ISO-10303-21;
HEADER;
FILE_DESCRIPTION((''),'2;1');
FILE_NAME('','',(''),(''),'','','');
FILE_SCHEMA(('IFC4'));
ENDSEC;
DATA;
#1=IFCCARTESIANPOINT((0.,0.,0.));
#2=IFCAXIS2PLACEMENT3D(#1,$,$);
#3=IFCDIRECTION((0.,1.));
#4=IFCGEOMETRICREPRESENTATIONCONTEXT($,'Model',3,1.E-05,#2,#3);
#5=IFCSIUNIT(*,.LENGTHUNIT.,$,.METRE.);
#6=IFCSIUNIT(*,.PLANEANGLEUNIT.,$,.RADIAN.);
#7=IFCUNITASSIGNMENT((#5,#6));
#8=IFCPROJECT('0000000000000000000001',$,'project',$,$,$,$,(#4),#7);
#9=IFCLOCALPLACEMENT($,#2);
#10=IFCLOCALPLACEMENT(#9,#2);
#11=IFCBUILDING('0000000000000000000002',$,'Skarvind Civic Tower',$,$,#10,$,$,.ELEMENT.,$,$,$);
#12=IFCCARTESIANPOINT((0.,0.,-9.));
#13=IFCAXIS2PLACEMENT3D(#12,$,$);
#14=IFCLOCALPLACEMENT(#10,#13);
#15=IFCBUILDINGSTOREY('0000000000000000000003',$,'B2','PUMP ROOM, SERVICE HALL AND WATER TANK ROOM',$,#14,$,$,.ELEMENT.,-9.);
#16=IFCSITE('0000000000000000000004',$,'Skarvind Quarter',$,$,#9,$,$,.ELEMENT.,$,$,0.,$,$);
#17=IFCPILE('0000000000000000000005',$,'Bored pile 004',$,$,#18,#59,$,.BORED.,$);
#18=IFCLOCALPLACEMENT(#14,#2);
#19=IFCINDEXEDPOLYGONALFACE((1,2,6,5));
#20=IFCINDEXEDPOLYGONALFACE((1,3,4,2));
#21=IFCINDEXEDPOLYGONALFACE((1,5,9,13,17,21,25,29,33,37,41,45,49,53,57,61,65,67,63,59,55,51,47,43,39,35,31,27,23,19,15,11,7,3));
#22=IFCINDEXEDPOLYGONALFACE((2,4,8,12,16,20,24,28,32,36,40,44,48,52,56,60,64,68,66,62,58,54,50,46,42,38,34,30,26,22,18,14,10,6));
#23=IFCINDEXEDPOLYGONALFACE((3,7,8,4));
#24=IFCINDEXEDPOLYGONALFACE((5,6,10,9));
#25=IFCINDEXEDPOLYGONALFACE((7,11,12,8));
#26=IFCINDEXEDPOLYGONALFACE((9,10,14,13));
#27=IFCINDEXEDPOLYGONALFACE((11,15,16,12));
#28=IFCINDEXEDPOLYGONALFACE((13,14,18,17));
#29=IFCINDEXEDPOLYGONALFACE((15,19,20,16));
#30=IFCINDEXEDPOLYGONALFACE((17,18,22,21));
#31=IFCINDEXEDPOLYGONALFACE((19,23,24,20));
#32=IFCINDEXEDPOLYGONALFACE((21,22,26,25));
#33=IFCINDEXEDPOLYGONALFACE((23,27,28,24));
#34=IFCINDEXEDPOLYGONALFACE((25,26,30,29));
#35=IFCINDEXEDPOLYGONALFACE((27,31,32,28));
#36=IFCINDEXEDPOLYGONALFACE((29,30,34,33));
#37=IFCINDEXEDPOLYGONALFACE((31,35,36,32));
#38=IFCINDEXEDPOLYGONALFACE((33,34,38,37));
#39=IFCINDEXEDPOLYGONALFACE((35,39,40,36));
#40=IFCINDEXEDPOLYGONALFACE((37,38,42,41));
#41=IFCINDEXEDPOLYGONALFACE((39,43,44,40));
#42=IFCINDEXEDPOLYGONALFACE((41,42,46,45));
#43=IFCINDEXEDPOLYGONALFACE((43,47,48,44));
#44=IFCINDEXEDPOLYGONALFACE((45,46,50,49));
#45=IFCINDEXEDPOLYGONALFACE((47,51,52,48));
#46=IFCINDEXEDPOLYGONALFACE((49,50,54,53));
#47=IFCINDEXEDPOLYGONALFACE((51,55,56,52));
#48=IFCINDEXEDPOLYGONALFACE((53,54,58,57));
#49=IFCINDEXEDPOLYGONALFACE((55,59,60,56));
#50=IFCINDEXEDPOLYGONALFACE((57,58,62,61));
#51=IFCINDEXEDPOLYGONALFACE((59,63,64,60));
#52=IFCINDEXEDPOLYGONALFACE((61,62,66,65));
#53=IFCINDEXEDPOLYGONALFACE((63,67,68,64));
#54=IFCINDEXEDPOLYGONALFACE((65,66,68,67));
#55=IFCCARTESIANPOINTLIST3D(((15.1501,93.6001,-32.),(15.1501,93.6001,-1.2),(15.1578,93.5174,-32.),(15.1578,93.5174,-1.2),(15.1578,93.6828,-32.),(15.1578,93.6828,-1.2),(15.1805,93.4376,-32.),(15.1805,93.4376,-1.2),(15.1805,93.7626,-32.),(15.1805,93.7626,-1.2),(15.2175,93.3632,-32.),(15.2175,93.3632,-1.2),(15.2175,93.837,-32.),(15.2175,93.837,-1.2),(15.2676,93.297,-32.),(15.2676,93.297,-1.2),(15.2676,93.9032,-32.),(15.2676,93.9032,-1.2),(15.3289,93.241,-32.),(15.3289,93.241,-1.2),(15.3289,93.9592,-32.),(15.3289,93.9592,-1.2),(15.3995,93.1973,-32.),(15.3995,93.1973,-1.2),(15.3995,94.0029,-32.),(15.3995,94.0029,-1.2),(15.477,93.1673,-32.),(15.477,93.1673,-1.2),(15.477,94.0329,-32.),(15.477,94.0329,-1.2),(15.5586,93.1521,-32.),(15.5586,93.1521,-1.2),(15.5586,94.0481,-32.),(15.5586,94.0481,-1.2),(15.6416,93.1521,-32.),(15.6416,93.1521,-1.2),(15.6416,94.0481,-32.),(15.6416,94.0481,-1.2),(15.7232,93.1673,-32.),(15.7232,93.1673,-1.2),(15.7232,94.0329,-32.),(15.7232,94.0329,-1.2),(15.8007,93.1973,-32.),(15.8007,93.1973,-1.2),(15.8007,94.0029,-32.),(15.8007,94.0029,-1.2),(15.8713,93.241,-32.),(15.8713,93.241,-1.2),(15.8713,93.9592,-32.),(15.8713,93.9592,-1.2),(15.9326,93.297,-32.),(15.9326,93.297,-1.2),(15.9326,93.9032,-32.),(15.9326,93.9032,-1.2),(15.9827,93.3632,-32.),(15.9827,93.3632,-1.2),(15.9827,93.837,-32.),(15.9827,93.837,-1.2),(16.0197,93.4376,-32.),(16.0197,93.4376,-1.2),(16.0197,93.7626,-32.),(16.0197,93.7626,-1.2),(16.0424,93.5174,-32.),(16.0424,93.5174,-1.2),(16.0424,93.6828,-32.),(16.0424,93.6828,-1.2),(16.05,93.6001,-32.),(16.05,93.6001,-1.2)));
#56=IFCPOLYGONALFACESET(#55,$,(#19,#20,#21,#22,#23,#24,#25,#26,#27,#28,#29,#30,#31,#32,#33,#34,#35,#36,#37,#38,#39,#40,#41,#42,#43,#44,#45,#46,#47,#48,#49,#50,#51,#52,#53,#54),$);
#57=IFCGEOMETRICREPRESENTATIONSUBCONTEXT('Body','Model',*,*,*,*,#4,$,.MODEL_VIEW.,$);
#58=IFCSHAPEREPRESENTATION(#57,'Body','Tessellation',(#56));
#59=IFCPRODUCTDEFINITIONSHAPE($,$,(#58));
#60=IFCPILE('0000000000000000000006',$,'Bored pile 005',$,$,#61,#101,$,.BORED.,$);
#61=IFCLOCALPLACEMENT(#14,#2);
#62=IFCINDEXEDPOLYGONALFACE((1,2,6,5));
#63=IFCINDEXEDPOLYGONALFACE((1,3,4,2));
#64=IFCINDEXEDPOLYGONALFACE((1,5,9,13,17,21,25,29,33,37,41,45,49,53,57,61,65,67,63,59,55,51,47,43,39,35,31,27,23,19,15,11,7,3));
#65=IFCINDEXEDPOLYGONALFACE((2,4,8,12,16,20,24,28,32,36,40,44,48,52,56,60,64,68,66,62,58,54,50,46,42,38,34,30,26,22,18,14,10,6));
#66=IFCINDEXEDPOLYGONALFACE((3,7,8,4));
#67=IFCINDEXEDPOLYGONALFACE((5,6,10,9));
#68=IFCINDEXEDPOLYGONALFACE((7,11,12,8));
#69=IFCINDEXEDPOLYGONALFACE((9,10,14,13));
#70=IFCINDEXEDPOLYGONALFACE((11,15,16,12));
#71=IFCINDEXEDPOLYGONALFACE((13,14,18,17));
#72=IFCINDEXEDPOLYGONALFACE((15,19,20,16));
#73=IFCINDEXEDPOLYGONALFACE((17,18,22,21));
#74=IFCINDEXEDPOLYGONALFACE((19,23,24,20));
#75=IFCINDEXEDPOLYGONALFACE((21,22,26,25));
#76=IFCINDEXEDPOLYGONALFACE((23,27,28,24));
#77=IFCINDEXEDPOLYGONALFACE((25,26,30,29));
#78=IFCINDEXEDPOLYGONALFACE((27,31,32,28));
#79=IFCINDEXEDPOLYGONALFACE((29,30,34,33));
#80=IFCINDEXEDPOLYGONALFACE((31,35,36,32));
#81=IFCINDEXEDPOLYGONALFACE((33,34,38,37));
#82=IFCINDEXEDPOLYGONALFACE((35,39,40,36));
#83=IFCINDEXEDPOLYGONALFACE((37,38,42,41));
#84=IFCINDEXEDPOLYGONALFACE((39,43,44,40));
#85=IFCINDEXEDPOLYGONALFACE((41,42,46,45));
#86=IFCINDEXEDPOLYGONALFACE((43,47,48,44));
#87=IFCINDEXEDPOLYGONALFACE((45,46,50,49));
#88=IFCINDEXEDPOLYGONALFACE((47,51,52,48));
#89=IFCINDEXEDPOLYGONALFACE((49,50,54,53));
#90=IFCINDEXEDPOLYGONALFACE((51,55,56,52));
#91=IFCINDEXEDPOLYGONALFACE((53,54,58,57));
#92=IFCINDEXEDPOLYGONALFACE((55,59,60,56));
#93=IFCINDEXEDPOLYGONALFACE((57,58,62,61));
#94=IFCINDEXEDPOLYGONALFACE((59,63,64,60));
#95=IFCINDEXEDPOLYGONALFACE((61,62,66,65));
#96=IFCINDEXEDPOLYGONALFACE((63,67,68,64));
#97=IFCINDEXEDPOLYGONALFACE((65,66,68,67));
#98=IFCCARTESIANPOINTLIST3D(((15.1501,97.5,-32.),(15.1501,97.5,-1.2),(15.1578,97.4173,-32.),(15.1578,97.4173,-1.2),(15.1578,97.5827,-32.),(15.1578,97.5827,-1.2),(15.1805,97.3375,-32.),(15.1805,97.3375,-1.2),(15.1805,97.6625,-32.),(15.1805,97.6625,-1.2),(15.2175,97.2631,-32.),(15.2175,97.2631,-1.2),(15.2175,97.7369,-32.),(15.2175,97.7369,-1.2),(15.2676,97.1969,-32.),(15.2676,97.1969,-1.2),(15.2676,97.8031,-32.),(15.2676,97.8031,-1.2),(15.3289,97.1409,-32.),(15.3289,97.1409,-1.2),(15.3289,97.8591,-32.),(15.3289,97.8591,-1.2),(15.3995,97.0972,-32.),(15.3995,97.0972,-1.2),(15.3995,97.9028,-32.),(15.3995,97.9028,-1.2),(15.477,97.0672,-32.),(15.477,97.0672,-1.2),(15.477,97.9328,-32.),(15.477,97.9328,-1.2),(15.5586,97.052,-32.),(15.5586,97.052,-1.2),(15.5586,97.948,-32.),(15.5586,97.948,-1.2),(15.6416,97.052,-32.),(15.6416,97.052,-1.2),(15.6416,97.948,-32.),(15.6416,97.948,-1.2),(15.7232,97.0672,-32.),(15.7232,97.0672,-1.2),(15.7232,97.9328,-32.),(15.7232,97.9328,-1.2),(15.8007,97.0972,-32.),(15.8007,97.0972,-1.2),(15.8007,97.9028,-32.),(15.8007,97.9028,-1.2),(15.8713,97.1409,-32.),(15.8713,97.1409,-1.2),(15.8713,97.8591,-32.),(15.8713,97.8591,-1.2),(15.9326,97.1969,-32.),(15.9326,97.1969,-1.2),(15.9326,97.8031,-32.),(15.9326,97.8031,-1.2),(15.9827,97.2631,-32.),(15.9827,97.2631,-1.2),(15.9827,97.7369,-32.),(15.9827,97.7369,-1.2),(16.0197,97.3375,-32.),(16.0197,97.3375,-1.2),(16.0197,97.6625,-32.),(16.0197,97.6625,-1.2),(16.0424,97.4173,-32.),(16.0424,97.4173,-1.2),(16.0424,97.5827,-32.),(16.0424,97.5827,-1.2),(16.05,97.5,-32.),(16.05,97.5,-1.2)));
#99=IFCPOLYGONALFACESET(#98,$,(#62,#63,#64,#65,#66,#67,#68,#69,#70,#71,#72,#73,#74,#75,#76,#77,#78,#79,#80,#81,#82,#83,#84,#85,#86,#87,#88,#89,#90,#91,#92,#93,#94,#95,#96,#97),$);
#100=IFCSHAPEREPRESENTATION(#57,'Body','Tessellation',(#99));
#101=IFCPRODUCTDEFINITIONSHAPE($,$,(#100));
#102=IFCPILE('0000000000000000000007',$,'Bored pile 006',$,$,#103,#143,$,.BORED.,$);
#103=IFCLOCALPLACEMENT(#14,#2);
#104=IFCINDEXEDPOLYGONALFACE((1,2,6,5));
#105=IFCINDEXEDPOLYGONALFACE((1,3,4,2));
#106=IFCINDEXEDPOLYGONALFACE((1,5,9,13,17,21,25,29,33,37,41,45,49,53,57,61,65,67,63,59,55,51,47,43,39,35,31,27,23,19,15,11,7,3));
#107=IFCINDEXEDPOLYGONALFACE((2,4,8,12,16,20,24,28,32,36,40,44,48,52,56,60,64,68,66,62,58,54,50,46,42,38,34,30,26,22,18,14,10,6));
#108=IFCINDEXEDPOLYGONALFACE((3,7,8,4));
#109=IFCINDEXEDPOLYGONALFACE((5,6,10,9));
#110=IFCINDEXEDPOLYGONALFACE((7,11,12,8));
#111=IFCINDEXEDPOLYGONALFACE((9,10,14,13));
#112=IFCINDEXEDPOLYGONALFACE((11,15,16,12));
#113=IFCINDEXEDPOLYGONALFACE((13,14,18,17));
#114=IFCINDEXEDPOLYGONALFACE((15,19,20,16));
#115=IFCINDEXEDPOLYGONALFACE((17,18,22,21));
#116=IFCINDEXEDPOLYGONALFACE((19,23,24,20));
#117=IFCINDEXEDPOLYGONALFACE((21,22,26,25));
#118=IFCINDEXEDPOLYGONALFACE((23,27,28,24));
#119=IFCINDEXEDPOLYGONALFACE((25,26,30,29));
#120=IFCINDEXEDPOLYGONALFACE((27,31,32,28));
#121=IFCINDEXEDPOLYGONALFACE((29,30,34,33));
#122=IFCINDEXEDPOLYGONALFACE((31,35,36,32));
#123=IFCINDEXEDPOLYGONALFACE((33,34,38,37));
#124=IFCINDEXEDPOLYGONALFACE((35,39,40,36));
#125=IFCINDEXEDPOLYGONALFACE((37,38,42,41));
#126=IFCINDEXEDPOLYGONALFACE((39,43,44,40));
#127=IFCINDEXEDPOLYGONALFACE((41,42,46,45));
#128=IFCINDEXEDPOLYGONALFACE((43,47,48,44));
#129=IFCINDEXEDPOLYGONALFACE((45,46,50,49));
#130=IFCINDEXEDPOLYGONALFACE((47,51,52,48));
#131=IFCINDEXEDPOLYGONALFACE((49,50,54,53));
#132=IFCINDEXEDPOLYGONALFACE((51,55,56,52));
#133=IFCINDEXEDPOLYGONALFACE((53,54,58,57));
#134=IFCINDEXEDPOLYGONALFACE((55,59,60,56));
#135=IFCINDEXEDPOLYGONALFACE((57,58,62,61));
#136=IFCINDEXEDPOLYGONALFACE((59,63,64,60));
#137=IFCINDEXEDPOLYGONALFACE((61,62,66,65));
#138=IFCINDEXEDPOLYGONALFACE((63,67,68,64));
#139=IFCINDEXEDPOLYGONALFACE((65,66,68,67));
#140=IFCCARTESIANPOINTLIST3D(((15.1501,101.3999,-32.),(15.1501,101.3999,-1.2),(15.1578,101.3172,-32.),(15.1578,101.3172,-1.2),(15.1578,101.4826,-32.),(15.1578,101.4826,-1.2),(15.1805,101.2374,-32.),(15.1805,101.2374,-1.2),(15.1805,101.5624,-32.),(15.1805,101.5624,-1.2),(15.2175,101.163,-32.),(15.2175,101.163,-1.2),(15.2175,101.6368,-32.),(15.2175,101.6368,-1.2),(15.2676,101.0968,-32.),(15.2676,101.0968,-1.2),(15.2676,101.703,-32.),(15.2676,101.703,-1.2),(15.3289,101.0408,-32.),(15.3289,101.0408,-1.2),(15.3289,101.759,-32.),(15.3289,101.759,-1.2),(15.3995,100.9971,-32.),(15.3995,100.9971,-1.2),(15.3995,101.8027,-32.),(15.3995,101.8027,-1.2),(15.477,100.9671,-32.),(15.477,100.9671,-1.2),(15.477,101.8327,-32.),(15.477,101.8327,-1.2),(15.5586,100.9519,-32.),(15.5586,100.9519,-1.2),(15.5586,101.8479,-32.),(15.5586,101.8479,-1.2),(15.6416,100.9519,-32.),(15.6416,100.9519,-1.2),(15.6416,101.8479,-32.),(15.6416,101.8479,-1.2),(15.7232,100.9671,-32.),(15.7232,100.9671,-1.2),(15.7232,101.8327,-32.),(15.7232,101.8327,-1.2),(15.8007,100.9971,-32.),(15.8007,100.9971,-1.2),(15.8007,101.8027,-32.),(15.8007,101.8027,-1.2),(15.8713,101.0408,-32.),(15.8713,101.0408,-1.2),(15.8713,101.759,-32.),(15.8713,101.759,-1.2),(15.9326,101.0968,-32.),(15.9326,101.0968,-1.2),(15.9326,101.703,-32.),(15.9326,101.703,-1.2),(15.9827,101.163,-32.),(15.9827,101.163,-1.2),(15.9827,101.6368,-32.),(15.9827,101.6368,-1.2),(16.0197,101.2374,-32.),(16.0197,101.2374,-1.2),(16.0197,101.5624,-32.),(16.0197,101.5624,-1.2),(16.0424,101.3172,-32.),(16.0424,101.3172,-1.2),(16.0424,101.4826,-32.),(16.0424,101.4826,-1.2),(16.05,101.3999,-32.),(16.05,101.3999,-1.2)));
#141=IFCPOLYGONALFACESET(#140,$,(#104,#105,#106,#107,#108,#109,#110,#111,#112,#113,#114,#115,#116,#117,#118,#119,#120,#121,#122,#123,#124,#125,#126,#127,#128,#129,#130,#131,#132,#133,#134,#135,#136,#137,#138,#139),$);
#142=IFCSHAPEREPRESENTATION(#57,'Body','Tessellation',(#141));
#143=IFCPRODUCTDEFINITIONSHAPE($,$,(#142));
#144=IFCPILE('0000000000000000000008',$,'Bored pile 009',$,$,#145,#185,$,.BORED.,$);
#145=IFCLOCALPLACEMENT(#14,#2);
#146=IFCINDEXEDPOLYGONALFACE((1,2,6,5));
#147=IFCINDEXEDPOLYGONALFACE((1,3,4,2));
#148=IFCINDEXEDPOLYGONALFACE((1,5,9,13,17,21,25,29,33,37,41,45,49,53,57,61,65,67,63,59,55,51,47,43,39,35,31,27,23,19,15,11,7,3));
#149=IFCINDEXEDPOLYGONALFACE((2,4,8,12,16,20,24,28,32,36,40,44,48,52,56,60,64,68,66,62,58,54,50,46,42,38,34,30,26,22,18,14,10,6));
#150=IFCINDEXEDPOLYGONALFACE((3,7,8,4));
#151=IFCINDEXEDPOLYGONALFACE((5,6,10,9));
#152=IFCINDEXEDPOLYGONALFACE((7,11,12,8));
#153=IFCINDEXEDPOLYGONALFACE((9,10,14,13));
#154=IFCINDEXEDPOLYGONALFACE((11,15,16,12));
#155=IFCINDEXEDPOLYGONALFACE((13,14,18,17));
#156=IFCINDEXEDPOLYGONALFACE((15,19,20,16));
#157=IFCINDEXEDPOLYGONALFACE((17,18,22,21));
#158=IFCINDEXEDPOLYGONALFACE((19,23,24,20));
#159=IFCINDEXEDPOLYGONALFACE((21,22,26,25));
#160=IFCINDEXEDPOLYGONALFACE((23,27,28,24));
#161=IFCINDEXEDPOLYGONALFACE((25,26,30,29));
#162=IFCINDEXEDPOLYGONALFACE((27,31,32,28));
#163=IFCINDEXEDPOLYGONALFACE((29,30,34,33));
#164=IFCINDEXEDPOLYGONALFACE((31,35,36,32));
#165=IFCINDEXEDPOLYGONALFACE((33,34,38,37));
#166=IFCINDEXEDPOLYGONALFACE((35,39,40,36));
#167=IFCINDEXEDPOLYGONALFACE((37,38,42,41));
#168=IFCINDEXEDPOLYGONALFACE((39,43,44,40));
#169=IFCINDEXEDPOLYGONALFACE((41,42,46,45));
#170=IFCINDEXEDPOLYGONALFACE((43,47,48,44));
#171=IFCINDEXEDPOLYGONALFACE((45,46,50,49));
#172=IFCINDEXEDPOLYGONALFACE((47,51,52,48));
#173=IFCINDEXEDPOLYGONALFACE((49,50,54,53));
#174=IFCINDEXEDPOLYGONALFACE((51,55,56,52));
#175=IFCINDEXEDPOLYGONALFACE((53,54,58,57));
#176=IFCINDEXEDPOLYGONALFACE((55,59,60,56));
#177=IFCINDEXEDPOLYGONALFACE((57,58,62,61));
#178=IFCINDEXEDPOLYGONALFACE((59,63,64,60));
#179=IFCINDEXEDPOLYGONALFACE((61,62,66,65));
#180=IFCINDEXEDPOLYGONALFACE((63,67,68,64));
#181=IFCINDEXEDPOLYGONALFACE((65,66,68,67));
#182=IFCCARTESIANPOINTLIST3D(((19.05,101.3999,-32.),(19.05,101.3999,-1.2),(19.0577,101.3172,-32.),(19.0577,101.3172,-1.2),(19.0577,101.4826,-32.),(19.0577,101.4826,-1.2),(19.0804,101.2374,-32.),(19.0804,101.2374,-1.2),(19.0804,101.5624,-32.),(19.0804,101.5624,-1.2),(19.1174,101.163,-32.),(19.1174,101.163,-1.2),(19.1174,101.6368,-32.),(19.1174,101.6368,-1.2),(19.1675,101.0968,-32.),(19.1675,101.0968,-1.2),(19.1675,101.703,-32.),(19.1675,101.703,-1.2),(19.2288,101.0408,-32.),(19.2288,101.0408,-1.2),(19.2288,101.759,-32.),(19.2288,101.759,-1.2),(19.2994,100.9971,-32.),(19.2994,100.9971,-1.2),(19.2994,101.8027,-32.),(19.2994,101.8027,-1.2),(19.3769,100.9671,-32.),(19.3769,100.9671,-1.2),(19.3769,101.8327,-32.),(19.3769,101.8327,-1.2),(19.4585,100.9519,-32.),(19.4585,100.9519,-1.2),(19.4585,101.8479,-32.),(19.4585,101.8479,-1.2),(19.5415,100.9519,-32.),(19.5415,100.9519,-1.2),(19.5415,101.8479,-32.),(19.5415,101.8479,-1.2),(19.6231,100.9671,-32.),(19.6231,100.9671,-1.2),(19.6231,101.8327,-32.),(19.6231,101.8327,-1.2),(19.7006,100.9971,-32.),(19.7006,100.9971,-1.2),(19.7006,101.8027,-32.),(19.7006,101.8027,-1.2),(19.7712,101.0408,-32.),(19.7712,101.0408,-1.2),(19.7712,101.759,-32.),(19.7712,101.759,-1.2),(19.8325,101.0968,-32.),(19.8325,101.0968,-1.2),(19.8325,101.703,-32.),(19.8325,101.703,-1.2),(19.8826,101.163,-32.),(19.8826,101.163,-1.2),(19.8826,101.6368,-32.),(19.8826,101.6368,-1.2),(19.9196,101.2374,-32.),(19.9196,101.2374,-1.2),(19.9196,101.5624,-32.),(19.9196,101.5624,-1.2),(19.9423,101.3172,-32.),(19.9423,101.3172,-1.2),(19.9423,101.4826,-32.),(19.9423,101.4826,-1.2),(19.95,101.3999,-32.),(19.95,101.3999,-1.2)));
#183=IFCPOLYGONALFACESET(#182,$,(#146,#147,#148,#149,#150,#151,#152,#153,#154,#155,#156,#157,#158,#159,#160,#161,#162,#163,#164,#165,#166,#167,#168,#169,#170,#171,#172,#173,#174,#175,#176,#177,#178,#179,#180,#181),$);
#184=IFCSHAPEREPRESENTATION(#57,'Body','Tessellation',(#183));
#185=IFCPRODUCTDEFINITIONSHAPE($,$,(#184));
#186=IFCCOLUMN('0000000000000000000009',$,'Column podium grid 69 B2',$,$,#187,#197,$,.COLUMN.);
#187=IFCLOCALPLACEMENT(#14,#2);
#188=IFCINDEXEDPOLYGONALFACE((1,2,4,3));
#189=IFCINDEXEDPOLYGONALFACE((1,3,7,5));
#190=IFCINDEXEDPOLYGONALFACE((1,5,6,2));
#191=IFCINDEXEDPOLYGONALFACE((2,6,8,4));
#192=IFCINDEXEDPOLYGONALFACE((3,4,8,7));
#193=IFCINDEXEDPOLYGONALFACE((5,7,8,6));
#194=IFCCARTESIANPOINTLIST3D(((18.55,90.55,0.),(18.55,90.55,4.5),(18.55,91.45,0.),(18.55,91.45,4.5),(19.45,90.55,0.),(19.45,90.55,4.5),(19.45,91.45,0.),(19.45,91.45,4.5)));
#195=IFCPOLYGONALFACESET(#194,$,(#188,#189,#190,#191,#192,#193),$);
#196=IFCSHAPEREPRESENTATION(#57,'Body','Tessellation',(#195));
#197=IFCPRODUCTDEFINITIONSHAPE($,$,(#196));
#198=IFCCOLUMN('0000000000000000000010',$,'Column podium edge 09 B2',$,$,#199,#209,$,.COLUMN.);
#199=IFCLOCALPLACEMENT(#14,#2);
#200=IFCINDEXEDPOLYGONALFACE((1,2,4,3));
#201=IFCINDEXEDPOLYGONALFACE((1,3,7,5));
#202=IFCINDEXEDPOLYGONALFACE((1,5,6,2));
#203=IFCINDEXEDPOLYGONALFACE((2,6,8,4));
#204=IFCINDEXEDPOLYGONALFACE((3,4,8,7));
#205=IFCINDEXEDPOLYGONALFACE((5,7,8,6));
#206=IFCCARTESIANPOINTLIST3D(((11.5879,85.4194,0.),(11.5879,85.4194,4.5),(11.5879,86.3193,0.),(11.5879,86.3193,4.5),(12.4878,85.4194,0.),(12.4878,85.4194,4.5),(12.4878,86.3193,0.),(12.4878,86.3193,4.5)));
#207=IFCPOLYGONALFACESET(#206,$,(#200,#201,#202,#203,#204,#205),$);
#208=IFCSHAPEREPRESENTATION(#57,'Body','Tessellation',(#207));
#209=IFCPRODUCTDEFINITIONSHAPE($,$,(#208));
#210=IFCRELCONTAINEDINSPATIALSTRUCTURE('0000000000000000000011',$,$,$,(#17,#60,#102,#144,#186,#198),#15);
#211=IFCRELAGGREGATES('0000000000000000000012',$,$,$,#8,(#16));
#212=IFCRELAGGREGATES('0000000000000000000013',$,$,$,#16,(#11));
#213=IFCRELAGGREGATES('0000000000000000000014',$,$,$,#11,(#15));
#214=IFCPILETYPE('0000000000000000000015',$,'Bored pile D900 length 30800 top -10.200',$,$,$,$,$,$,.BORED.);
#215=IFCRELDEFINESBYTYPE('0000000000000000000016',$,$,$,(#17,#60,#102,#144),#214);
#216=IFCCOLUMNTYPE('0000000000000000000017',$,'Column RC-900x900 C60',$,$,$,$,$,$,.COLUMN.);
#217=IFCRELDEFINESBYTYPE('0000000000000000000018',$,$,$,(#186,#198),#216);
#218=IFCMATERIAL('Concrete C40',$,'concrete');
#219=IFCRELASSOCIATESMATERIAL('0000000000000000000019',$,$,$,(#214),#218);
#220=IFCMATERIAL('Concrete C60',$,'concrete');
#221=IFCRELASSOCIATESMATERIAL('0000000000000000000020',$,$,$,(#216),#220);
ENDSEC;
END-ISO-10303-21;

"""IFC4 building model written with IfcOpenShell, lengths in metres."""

from ifc_helpers import new_model, si_unit, direction, frame, origin, origin_2d, place, context, subcontext, project, spatial, rectangle, circle, extrude, material, material_profile, profile_set, type_object, element, save


model = new_model("IFC4")

# Units and contexts
model_context = context("Model", 3, precision=1e-05, world=origin(), true_north=direction((0.0, 1.0)))
body_context = subcontext(model_context, "Body", "Model", "MODEL_VIEW")
ifc_project = project(units=[si_unit("LENGTHUNIT", "METRE"), si_unit("PLANEANGLEUNIT", "RADIAN")], contexts=[model_context])

# Site, building, storey
site_placement = place(None, origin())
site = spatial("IfcSite", under=ifc_project, at=site_placement, Name="Skarvind Quarter", CompositionType="ELEMENT", RefElevation=0.0)
building_placement = place(site_placement, origin())
building = spatial("IfcBuilding", under=site, at=building_placement, Name="Skarvind Civic Tower", CompositionType="ELEMENT")
storey_placement = place(building_placement, frame((0.0, 0.0, -9.0)))
storey = spatial("IfcBuildingStorey", under=building, at=storey_placement, Name="B2", Description="PUMP ROOM, SERVICE HALL AND WATER TANK ROOM", CompositionType="ELEMENT", Elevation=-9.0)

# Piles
ifc_material_1 = material(Name="Concrete C40", Category="concrete")
pile_type_1 = type_object("IfcPileType", Name="Bored pile D900 length 30800 top -10.200", PredefinedType="BORED", material=ifc_material_1)
for number, where, z_axis, x_axis, name in (
    (1, (15.6001, 93.6001, -1.2), (0.0, 0.0, -1.0), (1.0, 0.0, 0.0), "Bored pile 004"),
    (2, (15.6001, 97.5, -1.2), (0.0, 0.0, -1.0), (1.0, 0.0, 0.0), "Bored pile 005"),
    (3, (15.6001, 101.3999, -1.2), (0.0, 0.0, -1.0), (1.0, 0.0, 0.0), "Bored pile 006"),
    (4, (19.5, 101.3999, -1.2), (0.0, 0.0, -1.0), (1.0, 0.0, 0.0), "Bored pile 009"),
):
    element("IfcPile", number, at=place(storey_placement, frame(where, z_axis=z_axis, x_axis=x_axis)), inside=storey, type_object=pile_type_1, Name=name, PredefinedType="BORED", context=body_context, shape_type="SweptSolid", body=[
        extrude(circle(Radius=0.45, at=origin_2d()), origin(), (0.0, 0.0, 1.0), 30.8),
    ])

# Columns
ifc_material_2 = material(Name="Concrete C60", Category="concrete")
ifc_material_profile_1 = material_profile(ifc_material_2, rectangle(XDim=0.8999, YDim=0.8999, at=origin_2d()), Name="RC-900x900")
ifc_profile_set_1 = profile_set([ifc_material_profile_1], Name="Concrete C60")
column_type_1 = type_object("IfcColumnType", Name="Column RC-900x900 C60", PredefinedType="COLUMN", material=ifc_profile_set_1)
for number, where, z_axis, x_axis, name in (
    (5, (19.0, 91.0, 0.0), (0.0, 0.0, 1.0), (1.0, 0.0, 0.0), "Column podium grid 69 B2"),
    (6, (12.0378, 85.8694, 0.0), (0.0, 0.0, 1.0), (1.0, 0.0, 0.0), "Column podium edge 09 B2"),
):
    element("IfcColumn", number, at=place(storey_placement, frame(where, z_axis=z_axis, x_axis=x_axis)), inside=storey, type_object=column_type_1, Name=name, PredefinedType="COLUMN", context=body_context, shape_type="SweptSolid", body=[
        extrude(rectangle(XDim=0.8999, YDim=0.8999, at=origin_2d()), origin(), (0.0, 0.0, 1.0), 4.5),
    ])

save(model, "model.ifc")
